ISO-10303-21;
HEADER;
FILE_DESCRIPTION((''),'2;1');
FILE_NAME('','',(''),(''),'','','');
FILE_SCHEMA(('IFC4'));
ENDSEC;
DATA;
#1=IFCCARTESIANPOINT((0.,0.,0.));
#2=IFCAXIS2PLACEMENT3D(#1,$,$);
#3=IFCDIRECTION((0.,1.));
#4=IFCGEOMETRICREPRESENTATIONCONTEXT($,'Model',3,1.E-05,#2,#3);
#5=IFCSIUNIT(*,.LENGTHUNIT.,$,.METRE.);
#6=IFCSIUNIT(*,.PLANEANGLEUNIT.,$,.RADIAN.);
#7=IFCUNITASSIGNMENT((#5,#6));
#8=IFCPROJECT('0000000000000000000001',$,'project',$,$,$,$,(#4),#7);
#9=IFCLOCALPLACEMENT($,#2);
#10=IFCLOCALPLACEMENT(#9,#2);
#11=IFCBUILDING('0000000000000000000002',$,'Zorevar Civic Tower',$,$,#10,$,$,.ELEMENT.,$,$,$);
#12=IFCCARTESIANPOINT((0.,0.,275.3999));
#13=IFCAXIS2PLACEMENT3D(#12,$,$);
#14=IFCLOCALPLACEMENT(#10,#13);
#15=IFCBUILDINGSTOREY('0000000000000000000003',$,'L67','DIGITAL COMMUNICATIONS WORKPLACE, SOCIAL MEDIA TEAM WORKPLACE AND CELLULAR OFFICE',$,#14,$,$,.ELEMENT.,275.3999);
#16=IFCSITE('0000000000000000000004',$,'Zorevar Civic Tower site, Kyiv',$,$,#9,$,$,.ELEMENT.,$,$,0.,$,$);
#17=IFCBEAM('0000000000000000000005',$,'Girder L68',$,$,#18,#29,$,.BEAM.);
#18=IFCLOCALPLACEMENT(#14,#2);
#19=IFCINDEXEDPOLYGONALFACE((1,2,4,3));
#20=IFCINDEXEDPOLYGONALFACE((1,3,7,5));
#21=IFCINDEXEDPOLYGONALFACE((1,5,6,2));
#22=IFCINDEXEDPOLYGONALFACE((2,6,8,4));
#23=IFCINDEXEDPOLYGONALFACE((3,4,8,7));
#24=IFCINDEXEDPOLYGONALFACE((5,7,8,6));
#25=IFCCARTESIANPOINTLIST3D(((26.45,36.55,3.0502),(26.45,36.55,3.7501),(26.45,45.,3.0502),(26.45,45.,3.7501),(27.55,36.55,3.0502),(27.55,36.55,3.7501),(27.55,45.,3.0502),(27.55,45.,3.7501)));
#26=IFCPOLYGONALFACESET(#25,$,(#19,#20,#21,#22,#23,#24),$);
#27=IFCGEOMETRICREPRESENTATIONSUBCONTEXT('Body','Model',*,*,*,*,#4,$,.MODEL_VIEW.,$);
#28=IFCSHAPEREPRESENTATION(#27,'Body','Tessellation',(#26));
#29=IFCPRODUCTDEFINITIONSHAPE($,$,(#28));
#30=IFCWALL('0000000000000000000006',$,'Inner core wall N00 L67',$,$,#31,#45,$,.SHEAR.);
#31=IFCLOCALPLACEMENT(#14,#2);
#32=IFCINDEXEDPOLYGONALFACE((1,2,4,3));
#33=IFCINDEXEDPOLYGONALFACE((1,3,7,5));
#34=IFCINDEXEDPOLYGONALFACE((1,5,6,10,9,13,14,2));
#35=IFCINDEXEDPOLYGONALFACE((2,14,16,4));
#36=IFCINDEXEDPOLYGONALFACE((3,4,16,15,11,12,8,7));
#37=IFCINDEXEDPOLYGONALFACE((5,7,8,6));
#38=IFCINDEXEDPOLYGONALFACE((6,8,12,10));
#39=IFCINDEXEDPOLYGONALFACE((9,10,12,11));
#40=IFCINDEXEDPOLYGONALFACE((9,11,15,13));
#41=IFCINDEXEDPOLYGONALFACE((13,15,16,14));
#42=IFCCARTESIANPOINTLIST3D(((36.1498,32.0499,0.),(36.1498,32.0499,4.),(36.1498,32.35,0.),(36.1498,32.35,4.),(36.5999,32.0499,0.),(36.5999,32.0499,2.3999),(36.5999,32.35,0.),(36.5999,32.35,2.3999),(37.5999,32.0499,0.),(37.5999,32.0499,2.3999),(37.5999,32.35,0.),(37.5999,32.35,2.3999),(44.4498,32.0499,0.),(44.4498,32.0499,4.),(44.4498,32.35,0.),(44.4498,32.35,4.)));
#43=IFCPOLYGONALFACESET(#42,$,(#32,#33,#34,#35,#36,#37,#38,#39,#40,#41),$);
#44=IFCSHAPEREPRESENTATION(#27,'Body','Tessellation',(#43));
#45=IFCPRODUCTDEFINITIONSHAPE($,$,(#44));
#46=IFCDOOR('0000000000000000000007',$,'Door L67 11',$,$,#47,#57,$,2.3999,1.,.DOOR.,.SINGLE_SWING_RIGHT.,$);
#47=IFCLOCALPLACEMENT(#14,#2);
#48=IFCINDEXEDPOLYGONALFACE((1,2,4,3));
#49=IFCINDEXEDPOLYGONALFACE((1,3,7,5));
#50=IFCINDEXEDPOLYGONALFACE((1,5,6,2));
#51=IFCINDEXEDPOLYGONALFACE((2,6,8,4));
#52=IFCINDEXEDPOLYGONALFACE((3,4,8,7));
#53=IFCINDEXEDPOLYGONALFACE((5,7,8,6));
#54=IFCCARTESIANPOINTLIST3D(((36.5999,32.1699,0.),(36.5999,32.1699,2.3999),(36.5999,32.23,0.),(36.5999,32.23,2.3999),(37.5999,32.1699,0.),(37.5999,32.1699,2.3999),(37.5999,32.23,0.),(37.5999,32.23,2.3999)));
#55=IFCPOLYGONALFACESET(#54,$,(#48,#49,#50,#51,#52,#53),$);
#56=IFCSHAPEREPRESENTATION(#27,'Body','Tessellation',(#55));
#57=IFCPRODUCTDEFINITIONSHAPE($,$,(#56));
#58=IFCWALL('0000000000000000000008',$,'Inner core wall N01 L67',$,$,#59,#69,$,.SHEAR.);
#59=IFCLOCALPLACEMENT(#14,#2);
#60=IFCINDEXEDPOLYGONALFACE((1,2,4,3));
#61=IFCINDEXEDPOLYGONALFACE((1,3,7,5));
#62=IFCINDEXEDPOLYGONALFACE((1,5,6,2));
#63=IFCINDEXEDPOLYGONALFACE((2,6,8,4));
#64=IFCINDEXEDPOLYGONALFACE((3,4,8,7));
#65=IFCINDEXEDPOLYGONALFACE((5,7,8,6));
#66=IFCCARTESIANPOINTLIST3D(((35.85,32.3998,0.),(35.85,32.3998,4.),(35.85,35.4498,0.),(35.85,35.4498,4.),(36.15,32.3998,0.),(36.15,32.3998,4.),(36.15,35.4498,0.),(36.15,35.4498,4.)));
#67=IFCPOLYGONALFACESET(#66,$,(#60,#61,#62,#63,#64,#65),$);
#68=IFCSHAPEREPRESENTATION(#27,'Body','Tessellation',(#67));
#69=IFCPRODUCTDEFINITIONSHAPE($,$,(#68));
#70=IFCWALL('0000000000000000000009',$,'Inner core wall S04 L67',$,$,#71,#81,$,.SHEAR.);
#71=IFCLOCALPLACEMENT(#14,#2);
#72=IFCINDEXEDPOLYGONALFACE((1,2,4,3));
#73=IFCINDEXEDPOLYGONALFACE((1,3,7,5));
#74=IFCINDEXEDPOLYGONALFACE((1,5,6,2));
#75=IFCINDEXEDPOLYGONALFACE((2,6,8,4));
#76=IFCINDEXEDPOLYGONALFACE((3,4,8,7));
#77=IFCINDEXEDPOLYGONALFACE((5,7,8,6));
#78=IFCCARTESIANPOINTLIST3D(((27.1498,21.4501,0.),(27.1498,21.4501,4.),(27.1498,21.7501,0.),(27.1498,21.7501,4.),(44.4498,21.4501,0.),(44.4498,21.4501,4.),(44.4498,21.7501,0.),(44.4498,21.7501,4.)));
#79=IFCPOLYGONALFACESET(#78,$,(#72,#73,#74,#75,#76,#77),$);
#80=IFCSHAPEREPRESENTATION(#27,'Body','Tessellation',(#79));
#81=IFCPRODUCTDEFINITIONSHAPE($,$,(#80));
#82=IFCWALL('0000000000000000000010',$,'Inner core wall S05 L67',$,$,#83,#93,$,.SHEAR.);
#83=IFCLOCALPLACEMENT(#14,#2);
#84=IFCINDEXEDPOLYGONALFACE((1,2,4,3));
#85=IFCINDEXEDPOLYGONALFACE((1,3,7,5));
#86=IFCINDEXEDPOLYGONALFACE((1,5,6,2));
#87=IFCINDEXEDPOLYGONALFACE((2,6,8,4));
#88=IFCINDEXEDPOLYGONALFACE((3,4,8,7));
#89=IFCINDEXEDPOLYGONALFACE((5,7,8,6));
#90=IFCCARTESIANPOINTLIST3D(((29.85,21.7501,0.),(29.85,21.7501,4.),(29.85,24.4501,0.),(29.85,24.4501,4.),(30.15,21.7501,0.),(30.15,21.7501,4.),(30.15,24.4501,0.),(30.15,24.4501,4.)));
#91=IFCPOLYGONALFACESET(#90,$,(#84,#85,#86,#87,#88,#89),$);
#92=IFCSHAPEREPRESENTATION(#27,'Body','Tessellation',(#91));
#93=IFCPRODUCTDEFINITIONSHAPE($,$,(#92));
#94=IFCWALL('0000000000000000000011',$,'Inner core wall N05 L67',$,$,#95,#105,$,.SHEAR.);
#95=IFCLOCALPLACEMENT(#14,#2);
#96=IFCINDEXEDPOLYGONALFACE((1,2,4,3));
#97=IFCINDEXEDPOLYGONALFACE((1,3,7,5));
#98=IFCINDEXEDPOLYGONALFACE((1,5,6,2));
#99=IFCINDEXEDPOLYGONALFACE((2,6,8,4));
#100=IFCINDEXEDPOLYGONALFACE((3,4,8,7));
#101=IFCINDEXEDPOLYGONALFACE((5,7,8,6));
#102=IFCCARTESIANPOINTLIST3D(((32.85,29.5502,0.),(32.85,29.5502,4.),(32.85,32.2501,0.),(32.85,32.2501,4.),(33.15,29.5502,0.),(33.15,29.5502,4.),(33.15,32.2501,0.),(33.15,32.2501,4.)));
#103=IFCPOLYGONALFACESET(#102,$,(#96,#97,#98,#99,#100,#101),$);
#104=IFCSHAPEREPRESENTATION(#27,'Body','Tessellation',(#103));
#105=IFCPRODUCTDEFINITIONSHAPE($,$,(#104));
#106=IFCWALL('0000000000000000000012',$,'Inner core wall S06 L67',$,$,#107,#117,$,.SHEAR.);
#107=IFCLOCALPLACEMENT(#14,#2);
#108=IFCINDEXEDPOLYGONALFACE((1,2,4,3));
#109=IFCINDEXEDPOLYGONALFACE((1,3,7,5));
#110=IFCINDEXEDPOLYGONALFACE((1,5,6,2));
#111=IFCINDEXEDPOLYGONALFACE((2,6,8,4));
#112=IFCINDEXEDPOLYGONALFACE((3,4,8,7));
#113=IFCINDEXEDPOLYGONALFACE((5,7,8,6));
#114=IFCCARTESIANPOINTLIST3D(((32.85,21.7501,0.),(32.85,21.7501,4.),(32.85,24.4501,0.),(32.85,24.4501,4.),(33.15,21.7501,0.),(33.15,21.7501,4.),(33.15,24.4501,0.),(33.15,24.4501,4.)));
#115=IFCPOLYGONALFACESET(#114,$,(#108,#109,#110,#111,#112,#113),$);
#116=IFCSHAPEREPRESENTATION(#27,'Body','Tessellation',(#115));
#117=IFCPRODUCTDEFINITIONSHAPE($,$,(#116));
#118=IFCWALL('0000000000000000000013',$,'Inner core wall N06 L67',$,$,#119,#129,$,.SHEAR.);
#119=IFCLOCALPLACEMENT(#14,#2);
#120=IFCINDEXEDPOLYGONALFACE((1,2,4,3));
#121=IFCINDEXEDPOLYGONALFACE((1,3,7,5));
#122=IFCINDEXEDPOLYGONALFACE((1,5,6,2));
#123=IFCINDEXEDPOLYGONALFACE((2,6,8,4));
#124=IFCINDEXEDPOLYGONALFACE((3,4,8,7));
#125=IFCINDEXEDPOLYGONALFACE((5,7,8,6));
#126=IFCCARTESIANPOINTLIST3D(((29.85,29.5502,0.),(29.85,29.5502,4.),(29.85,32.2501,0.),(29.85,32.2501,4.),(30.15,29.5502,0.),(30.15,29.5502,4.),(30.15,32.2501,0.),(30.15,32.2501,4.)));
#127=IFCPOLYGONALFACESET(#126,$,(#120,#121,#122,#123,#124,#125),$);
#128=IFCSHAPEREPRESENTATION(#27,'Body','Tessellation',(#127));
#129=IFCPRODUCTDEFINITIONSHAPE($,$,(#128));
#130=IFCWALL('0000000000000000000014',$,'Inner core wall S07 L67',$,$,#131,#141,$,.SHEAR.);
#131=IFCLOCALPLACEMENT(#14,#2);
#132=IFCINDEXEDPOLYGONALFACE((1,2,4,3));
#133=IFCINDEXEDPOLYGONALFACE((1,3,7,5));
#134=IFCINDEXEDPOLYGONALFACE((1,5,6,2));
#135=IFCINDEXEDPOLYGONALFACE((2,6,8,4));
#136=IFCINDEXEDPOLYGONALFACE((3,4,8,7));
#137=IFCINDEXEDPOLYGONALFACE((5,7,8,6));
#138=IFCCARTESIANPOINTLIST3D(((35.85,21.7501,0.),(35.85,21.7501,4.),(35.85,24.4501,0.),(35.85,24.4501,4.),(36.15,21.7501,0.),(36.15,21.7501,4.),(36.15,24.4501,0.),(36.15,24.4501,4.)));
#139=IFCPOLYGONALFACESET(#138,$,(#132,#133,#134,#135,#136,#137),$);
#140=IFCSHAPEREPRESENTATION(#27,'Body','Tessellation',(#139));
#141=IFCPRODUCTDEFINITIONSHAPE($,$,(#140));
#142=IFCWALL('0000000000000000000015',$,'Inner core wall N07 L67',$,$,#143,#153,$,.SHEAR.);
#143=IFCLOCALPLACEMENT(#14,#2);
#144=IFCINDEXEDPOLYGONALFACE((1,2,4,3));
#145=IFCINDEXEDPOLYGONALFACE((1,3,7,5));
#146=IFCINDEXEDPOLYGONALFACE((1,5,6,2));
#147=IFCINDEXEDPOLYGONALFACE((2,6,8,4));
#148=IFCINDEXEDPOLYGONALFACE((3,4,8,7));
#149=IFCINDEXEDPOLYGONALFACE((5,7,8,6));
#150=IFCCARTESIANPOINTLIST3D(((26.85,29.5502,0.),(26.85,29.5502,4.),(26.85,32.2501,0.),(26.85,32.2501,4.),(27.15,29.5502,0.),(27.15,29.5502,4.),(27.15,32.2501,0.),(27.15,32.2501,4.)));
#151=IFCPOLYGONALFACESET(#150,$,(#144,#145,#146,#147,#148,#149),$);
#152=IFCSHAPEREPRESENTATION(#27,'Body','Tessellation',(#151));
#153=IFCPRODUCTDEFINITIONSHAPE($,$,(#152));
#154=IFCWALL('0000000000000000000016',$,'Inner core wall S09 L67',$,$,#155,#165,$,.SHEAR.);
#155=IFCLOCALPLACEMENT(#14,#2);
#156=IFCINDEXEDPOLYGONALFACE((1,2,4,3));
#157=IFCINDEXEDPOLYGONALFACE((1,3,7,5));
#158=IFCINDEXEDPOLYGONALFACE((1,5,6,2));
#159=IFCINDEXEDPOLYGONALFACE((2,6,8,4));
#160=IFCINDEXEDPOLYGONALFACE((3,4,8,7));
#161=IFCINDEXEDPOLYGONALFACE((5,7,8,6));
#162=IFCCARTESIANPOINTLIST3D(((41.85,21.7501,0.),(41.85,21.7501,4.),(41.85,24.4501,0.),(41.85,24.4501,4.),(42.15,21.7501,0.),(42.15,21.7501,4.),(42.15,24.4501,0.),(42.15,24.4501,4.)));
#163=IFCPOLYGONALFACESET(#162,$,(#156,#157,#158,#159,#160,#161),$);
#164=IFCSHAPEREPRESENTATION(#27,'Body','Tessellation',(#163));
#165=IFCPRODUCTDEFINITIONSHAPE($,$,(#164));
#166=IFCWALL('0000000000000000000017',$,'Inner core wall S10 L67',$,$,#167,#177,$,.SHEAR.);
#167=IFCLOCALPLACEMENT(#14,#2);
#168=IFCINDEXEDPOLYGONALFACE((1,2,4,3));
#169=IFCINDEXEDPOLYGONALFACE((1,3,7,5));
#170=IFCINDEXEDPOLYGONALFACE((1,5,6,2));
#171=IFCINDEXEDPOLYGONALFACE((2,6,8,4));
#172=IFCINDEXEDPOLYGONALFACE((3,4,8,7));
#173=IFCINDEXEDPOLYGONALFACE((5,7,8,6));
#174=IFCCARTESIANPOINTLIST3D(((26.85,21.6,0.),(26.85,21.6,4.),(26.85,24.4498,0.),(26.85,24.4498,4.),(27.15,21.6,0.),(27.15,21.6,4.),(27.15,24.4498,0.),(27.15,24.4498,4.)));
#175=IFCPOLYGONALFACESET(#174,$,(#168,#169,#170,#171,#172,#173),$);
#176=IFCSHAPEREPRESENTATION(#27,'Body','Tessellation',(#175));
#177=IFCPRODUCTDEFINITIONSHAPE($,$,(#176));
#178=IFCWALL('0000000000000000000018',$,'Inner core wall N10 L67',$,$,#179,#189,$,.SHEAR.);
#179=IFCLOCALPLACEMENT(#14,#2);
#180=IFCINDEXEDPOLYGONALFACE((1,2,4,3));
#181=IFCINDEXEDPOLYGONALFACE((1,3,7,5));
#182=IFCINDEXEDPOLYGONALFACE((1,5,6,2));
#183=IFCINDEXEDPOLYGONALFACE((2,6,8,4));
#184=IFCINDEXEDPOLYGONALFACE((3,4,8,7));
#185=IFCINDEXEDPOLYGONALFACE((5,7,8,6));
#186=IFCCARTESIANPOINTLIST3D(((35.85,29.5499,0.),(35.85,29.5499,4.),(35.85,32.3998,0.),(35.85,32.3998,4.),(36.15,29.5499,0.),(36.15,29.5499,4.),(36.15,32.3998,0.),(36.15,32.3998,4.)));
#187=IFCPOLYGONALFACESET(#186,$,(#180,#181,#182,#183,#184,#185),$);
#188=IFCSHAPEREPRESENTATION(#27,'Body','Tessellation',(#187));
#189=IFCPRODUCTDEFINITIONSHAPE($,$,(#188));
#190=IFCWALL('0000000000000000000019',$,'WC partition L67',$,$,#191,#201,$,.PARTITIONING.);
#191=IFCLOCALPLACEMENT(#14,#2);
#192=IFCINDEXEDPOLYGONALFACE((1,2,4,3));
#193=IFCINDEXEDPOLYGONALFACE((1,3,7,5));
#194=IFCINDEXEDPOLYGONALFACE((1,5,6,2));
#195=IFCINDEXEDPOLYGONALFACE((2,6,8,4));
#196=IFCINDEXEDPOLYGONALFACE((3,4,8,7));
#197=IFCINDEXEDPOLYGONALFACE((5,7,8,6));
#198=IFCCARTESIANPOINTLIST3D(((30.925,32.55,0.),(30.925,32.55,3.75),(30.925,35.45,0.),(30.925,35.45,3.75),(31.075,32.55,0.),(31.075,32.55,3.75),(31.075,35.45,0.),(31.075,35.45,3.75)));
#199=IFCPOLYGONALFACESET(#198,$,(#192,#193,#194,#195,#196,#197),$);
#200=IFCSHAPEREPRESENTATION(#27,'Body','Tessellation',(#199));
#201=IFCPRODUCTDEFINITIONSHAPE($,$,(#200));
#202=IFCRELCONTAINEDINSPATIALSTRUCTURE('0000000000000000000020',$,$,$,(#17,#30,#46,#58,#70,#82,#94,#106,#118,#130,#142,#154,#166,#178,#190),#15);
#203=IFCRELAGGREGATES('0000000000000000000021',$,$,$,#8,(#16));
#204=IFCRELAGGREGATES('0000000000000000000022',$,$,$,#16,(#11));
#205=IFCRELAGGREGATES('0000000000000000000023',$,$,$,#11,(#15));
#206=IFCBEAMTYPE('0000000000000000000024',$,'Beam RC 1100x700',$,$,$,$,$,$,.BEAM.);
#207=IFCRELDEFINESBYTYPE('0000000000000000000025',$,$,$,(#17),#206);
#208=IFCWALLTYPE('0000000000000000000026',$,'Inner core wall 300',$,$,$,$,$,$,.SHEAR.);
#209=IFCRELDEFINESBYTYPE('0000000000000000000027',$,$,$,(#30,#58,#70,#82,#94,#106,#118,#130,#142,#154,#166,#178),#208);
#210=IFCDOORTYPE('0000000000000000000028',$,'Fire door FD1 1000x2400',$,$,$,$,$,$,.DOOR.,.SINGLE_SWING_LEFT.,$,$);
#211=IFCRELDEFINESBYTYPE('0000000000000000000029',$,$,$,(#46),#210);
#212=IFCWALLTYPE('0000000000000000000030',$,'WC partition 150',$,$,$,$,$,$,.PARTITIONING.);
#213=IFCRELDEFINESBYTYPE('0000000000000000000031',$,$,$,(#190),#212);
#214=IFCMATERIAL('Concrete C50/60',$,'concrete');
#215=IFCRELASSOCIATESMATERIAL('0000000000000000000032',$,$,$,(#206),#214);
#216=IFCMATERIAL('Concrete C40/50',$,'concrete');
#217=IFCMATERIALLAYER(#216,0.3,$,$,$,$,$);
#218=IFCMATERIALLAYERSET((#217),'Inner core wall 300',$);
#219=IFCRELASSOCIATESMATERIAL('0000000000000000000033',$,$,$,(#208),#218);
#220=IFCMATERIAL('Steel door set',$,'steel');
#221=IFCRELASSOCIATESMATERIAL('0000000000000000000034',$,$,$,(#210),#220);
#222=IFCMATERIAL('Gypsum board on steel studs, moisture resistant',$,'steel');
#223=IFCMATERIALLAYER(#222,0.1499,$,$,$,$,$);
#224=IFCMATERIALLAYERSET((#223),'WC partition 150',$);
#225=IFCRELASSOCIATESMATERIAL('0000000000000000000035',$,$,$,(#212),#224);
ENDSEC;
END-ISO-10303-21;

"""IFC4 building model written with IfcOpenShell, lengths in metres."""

from ifc_helpers import new_model, si_unit, direction, frame, frame_2d, origin, origin_2d, place, context, subcontext, project, spatial, rectangle, extrude, material, layer, layer_set, material_profile, profile_set, type_object, element, fill, save


model = new_model("IFC4")

# Units and contexts
model_context = context("Model", 3, precision=1e-05, world=origin(), true_north=direction((0.0, 1.0)))
body_context = subcontext(model_context, "Body", "Model", "MODEL_VIEW")
ifc_project = project(units=[si_unit("LENGTHUNIT", "METRE"), si_unit("PLANEANGLEUNIT", "RADIAN")], contexts=[model_context])

# Site, building, storey
site_placement = place(None, origin())
site = spatial("IfcSite", under=ifc_project, at=site_placement, Name="Zorevar Civic Tower site, Kyiv", CompositionType="ELEMENT", RefElevation=0.0)
building_placement = place(site_placement, origin())
building = spatial("IfcBuilding", under=site, at=building_placement, Name="Zorevar Civic Tower", CompositionType="ELEMENT")
storey_placement = place(building_placement, frame((0.0, 0.0, 275.3999)))
storey = spatial("IfcBuildingStorey", under=building, at=storey_placement, Name="L67", Description="DIGITAL COMMUNICATIONS WORKPLACE, SOCIAL MEDIA TEAM WORKPLACE AND CELLULAR OFFICE", CompositionType="ELEMENT", Elevation=275.3999)

# Beam
ifc_material_1 = material(Name="Concrete C50/60", Category="concrete")
ifc_material_profile = material_profile(ifc_material_1, rectangle(XDim=1.1001, YDim=0.7, at=origin_2d()), Name="RC 1100x700")
ifc_profile_set = profile_set([ifc_material_profile], Name="Concrete C50/60")
beam_type = type_object("IfcBeamType", Name="Beam RC 1100x700", PredefinedType="BEAM", material=ifc_profile_set)
beam_placement = place(storey_placement, frame((27.0, 36.55, 3.4001), z_axis=(0.0, 1.0, 0.0), x_axis=(-1.0, 0.0, 0.0)))
element("IfcBeam", 1, at=beam_placement, inside=storey, type_object=beam_type, Name="Girder L68", PredefinedType="BEAM", context=body_context, shape_type="SweptSolid", body=[
    extrude(rectangle(XDim=1.1001, YDim=0.7, at=origin_2d()), origin(), (0.0, 0.0, 1.0), 8.45),
])

# Wall, opening, door
ifc_material_2 = material(Name="Concrete C40/50", Category="concrete")
ifc_layer_1 = layer(ifc_material_2, 0.3)
ifc_layer_set_1 = layer_set([ifc_layer_1], Name="Inner core wall 300")
wall_type_1 = type_object("IfcWallType", Name="Inner core wall 300", PredefinedType="SHEAR", material=ifc_layer_set_1)
wall_1_placement = place(storey_placement, frame((36.1499, 32.2, 0.0), z_axis=(0.0, 0.0, 1.0), x_axis=(1.0, 0.0, 0.0)))
wall_1 = element("IfcWall", 2, at=wall_1_placement, inside=storey, type_object=wall_type_1, Name="Inner core wall N00 L67", PredefinedType="SHEAR", context=body_context, shape_type="SweptSolid", body=[
    extrude(rectangle(XDim=8.3, YDim=0.3, at=frame_2d((4.1499, 0.0))), origin(), (0.0, 0.0, 1.0), 4.0),
])
opening_1_placement = place(wall_1_placement, frame((0.45, 0.0, 0.0)))
opening_1 = element("IfcOpeningElement", 3, at=opening_1_placement, cuts=wall_1, PredefinedType="OPENING", context=body_context, shape_type="SweptSolid", body=[
    extrude(rectangle(XDim=1.0, YDim=2.3999, at=frame_2d((0.5, 1.2))), frame((0.0, 0.1599, 0.0), z_axis=(0.0, -1.0, 0.0), x_axis=(1.0, 0.0, 0.0)), (0.0, 0.0, 1.0), 0.3201),
])
ifc_material_3 = material(Name="Steel door set", Category="steel")
door_type_1 = type_object("IfcDoorType", Name="Fire door FD1 1000x2400", OperationType="SINGLE_SWING_LEFT", PredefinedType="DOOR", material=ifc_material_3)
door_1_placement = place(opening_1_placement, origin())
door_1 = element("IfcDoor", 4, at=door_1_placement, inside=storey, type_object=door_type_1, Name="Door L67 11", OperationType="SINGLE_SWING_RIGHT", OverallHeight=2.3999, OverallWidth=1.0, PredefinedType="DOOR", context=body_context, shape_type="SweptSolid", body=[
    extrude(rectangle(XDim=1.0, YDim=2.3999, at=frame_2d((0.5, 1.2))), frame((0.0, 0.03, 0.0), z_axis=(0.0, -1.0, 0.0), x_axis=(1.0, 0.0, 0.0)), (0.0, 0.0, 1.0), 0.0601),
])
fill(opening_1, door_1)

# Wall
wall_2_placement = place(storey_placement, frame((36.0, 32.3999, 0.0), z_axis=(0.0, 0.0, 1.0), x_axis=(0.0, 1.0, 0.0)))
element("IfcWall", 5, at=wall_2_placement, inside=storey, type_object=wall_type_1, Name="Inner core wall N01 L67", PredefinedType="SHEAR", context=body_context, shape_type="SweptSolid", body=[
    extrude(rectangle(XDim=3.05, YDim=0.3, at=frame_2d((1.5249, 0.0))), origin(), (0.0, 0.0, 1.0), 4.0),
])

# Walls
wall_3_placement = place(storey_placement, frame((27.1499, 21.6001, 0.0), z_axis=(0.0, 0.0, 1.0), x_axis=(1.0, 0.0, 0.0)))
element("IfcWall", 6, at=wall_3_placement, inside=storey, type_object=wall_type_1, Name="Inner core wall S04 L67", PredefinedType="SHEAR", context=body_context, shape_type="SweptSolid", body=[
    extrude(rectangle(XDim=17.3, YDim=0.3, at=frame_2d((8.6499, 0.0))), origin(), (0.0, 0.0, 1.0), 4.0),
])
for number, where, z_axis, x_axis, name in (
    (7, (30.0, 21.75, 0.0), (0.0, 0.0, 1.0), (0.0, 1.0, 0.0), "Inner core wall S05 L67"),
    (8, (33.0, 29.55, 0.0), (0.0, 0.0, 1.0), (0.0, 1.0, 0.0), "Inner core wall N05 L67"),
    (9, (33.0, 21.75, 0.0), (0.0, 0.0, 1.0), (0.0, 1.0, 0.0), "Inner core wall S06 L67"),
    (10, (30.0, 29.55, 0.0), (0.0, 0.0, 1.0), (0.0, 1.0, 0.0), "Inner core wall N06 L67"),
    (11, (36.0, 21.75, 0.0), (0.0, 0.0, 1.0), (0.0, 1.0, 0.0), "Inner core wall S07 L67"),
    (12, (27.0, 29.55, 0.0), (0.0, 0.0, 1.0), (0.0, 1.0, 0.0), "Inner core wall N07 L67"),
    (13, (42.0, 21.75, 0.0), (0.0, 0.0, 1.0), (0.0, 1.0, 0.0), "Inner core wall S09 L67"),
):
    element("IfcWall", number, at=place(storey_placement, frame(where, z_axis=z_axis, x_axis=x_axis)), inside=storey, type_object=wall_type_1, Name=name, PredefinedType="SHEAR", context=body_context, shape_type="SweptSolid", body=[
        extrude(rectangle(XDim=2.7, YDim=0.3, at=frame_2d((1.3501, 0.0))), origin(), (0.0, 0.0, 1.0), 4.0),
    ])
for number, where, z_axis, x_axis, name in (
    (14, (27.0, 21.6001, 0.0), (0.0, 0.0, 1.0), (0.0, 1.0, 0.0), "Inner core wall S10 L67"),
    (15, (36.0, 29.55, 0.0), (0.0, 0.0, 1.0), (0.0, 1.0, 0.0), "Inner core wall N10 L67"),
):
    element("IfcWall", number, at=place(storey_placement, frame(where, z_axis=z_axis, x_axis=x_axis)), inside=storey, type_object=wall_type_1, Name=name, PredefinedType="SHEAR", context=body_context, shape_type="SweptSolid", body=[
        extrude(rectangle(XDim=2.8499, YDim=0.3, at=frame_2d((1.4248, 0.0))), origin(), (0.0, 0.0, 1.0), 4.0),
    ])
ifc_material_4 = material(Name="Gypsum board on steel studs, moisture resistant", Category="steel")
ifc_layer_2 = layer(ifc_material_4, 0.1499)
ifc_layer_set_2 = layer_set([ifc_layer_2], Name="WC partition 150")
wall_type_2 = type_object("IfcWallType", Name="WC partition 150", PredefinedType="PARTITIONING", material=ifc_layer_set_2)
wall_4_placement = place(storey_placement, frame((31.0, 32.55, 0.0), z_axis=(0.0, 0.0, 1.0), x_axis=(0.0, 1.0, 0.0)))
element("IfcWall", 16, at=wall_4_placement, inside=storey, type_object=wall_type_2, Name="WC partition L67", PredefinedType="PARTITIONING", context=body_context, shape_type="SweptSolid", body=[
    extrude(rectangle(XDim=2.8999, YDim=0.1499, at=frame_2d((1.45, 0.0))), origin(), (0.0, 0.0, 1.0), 3.75),
])

save(model, "model.ifc")
